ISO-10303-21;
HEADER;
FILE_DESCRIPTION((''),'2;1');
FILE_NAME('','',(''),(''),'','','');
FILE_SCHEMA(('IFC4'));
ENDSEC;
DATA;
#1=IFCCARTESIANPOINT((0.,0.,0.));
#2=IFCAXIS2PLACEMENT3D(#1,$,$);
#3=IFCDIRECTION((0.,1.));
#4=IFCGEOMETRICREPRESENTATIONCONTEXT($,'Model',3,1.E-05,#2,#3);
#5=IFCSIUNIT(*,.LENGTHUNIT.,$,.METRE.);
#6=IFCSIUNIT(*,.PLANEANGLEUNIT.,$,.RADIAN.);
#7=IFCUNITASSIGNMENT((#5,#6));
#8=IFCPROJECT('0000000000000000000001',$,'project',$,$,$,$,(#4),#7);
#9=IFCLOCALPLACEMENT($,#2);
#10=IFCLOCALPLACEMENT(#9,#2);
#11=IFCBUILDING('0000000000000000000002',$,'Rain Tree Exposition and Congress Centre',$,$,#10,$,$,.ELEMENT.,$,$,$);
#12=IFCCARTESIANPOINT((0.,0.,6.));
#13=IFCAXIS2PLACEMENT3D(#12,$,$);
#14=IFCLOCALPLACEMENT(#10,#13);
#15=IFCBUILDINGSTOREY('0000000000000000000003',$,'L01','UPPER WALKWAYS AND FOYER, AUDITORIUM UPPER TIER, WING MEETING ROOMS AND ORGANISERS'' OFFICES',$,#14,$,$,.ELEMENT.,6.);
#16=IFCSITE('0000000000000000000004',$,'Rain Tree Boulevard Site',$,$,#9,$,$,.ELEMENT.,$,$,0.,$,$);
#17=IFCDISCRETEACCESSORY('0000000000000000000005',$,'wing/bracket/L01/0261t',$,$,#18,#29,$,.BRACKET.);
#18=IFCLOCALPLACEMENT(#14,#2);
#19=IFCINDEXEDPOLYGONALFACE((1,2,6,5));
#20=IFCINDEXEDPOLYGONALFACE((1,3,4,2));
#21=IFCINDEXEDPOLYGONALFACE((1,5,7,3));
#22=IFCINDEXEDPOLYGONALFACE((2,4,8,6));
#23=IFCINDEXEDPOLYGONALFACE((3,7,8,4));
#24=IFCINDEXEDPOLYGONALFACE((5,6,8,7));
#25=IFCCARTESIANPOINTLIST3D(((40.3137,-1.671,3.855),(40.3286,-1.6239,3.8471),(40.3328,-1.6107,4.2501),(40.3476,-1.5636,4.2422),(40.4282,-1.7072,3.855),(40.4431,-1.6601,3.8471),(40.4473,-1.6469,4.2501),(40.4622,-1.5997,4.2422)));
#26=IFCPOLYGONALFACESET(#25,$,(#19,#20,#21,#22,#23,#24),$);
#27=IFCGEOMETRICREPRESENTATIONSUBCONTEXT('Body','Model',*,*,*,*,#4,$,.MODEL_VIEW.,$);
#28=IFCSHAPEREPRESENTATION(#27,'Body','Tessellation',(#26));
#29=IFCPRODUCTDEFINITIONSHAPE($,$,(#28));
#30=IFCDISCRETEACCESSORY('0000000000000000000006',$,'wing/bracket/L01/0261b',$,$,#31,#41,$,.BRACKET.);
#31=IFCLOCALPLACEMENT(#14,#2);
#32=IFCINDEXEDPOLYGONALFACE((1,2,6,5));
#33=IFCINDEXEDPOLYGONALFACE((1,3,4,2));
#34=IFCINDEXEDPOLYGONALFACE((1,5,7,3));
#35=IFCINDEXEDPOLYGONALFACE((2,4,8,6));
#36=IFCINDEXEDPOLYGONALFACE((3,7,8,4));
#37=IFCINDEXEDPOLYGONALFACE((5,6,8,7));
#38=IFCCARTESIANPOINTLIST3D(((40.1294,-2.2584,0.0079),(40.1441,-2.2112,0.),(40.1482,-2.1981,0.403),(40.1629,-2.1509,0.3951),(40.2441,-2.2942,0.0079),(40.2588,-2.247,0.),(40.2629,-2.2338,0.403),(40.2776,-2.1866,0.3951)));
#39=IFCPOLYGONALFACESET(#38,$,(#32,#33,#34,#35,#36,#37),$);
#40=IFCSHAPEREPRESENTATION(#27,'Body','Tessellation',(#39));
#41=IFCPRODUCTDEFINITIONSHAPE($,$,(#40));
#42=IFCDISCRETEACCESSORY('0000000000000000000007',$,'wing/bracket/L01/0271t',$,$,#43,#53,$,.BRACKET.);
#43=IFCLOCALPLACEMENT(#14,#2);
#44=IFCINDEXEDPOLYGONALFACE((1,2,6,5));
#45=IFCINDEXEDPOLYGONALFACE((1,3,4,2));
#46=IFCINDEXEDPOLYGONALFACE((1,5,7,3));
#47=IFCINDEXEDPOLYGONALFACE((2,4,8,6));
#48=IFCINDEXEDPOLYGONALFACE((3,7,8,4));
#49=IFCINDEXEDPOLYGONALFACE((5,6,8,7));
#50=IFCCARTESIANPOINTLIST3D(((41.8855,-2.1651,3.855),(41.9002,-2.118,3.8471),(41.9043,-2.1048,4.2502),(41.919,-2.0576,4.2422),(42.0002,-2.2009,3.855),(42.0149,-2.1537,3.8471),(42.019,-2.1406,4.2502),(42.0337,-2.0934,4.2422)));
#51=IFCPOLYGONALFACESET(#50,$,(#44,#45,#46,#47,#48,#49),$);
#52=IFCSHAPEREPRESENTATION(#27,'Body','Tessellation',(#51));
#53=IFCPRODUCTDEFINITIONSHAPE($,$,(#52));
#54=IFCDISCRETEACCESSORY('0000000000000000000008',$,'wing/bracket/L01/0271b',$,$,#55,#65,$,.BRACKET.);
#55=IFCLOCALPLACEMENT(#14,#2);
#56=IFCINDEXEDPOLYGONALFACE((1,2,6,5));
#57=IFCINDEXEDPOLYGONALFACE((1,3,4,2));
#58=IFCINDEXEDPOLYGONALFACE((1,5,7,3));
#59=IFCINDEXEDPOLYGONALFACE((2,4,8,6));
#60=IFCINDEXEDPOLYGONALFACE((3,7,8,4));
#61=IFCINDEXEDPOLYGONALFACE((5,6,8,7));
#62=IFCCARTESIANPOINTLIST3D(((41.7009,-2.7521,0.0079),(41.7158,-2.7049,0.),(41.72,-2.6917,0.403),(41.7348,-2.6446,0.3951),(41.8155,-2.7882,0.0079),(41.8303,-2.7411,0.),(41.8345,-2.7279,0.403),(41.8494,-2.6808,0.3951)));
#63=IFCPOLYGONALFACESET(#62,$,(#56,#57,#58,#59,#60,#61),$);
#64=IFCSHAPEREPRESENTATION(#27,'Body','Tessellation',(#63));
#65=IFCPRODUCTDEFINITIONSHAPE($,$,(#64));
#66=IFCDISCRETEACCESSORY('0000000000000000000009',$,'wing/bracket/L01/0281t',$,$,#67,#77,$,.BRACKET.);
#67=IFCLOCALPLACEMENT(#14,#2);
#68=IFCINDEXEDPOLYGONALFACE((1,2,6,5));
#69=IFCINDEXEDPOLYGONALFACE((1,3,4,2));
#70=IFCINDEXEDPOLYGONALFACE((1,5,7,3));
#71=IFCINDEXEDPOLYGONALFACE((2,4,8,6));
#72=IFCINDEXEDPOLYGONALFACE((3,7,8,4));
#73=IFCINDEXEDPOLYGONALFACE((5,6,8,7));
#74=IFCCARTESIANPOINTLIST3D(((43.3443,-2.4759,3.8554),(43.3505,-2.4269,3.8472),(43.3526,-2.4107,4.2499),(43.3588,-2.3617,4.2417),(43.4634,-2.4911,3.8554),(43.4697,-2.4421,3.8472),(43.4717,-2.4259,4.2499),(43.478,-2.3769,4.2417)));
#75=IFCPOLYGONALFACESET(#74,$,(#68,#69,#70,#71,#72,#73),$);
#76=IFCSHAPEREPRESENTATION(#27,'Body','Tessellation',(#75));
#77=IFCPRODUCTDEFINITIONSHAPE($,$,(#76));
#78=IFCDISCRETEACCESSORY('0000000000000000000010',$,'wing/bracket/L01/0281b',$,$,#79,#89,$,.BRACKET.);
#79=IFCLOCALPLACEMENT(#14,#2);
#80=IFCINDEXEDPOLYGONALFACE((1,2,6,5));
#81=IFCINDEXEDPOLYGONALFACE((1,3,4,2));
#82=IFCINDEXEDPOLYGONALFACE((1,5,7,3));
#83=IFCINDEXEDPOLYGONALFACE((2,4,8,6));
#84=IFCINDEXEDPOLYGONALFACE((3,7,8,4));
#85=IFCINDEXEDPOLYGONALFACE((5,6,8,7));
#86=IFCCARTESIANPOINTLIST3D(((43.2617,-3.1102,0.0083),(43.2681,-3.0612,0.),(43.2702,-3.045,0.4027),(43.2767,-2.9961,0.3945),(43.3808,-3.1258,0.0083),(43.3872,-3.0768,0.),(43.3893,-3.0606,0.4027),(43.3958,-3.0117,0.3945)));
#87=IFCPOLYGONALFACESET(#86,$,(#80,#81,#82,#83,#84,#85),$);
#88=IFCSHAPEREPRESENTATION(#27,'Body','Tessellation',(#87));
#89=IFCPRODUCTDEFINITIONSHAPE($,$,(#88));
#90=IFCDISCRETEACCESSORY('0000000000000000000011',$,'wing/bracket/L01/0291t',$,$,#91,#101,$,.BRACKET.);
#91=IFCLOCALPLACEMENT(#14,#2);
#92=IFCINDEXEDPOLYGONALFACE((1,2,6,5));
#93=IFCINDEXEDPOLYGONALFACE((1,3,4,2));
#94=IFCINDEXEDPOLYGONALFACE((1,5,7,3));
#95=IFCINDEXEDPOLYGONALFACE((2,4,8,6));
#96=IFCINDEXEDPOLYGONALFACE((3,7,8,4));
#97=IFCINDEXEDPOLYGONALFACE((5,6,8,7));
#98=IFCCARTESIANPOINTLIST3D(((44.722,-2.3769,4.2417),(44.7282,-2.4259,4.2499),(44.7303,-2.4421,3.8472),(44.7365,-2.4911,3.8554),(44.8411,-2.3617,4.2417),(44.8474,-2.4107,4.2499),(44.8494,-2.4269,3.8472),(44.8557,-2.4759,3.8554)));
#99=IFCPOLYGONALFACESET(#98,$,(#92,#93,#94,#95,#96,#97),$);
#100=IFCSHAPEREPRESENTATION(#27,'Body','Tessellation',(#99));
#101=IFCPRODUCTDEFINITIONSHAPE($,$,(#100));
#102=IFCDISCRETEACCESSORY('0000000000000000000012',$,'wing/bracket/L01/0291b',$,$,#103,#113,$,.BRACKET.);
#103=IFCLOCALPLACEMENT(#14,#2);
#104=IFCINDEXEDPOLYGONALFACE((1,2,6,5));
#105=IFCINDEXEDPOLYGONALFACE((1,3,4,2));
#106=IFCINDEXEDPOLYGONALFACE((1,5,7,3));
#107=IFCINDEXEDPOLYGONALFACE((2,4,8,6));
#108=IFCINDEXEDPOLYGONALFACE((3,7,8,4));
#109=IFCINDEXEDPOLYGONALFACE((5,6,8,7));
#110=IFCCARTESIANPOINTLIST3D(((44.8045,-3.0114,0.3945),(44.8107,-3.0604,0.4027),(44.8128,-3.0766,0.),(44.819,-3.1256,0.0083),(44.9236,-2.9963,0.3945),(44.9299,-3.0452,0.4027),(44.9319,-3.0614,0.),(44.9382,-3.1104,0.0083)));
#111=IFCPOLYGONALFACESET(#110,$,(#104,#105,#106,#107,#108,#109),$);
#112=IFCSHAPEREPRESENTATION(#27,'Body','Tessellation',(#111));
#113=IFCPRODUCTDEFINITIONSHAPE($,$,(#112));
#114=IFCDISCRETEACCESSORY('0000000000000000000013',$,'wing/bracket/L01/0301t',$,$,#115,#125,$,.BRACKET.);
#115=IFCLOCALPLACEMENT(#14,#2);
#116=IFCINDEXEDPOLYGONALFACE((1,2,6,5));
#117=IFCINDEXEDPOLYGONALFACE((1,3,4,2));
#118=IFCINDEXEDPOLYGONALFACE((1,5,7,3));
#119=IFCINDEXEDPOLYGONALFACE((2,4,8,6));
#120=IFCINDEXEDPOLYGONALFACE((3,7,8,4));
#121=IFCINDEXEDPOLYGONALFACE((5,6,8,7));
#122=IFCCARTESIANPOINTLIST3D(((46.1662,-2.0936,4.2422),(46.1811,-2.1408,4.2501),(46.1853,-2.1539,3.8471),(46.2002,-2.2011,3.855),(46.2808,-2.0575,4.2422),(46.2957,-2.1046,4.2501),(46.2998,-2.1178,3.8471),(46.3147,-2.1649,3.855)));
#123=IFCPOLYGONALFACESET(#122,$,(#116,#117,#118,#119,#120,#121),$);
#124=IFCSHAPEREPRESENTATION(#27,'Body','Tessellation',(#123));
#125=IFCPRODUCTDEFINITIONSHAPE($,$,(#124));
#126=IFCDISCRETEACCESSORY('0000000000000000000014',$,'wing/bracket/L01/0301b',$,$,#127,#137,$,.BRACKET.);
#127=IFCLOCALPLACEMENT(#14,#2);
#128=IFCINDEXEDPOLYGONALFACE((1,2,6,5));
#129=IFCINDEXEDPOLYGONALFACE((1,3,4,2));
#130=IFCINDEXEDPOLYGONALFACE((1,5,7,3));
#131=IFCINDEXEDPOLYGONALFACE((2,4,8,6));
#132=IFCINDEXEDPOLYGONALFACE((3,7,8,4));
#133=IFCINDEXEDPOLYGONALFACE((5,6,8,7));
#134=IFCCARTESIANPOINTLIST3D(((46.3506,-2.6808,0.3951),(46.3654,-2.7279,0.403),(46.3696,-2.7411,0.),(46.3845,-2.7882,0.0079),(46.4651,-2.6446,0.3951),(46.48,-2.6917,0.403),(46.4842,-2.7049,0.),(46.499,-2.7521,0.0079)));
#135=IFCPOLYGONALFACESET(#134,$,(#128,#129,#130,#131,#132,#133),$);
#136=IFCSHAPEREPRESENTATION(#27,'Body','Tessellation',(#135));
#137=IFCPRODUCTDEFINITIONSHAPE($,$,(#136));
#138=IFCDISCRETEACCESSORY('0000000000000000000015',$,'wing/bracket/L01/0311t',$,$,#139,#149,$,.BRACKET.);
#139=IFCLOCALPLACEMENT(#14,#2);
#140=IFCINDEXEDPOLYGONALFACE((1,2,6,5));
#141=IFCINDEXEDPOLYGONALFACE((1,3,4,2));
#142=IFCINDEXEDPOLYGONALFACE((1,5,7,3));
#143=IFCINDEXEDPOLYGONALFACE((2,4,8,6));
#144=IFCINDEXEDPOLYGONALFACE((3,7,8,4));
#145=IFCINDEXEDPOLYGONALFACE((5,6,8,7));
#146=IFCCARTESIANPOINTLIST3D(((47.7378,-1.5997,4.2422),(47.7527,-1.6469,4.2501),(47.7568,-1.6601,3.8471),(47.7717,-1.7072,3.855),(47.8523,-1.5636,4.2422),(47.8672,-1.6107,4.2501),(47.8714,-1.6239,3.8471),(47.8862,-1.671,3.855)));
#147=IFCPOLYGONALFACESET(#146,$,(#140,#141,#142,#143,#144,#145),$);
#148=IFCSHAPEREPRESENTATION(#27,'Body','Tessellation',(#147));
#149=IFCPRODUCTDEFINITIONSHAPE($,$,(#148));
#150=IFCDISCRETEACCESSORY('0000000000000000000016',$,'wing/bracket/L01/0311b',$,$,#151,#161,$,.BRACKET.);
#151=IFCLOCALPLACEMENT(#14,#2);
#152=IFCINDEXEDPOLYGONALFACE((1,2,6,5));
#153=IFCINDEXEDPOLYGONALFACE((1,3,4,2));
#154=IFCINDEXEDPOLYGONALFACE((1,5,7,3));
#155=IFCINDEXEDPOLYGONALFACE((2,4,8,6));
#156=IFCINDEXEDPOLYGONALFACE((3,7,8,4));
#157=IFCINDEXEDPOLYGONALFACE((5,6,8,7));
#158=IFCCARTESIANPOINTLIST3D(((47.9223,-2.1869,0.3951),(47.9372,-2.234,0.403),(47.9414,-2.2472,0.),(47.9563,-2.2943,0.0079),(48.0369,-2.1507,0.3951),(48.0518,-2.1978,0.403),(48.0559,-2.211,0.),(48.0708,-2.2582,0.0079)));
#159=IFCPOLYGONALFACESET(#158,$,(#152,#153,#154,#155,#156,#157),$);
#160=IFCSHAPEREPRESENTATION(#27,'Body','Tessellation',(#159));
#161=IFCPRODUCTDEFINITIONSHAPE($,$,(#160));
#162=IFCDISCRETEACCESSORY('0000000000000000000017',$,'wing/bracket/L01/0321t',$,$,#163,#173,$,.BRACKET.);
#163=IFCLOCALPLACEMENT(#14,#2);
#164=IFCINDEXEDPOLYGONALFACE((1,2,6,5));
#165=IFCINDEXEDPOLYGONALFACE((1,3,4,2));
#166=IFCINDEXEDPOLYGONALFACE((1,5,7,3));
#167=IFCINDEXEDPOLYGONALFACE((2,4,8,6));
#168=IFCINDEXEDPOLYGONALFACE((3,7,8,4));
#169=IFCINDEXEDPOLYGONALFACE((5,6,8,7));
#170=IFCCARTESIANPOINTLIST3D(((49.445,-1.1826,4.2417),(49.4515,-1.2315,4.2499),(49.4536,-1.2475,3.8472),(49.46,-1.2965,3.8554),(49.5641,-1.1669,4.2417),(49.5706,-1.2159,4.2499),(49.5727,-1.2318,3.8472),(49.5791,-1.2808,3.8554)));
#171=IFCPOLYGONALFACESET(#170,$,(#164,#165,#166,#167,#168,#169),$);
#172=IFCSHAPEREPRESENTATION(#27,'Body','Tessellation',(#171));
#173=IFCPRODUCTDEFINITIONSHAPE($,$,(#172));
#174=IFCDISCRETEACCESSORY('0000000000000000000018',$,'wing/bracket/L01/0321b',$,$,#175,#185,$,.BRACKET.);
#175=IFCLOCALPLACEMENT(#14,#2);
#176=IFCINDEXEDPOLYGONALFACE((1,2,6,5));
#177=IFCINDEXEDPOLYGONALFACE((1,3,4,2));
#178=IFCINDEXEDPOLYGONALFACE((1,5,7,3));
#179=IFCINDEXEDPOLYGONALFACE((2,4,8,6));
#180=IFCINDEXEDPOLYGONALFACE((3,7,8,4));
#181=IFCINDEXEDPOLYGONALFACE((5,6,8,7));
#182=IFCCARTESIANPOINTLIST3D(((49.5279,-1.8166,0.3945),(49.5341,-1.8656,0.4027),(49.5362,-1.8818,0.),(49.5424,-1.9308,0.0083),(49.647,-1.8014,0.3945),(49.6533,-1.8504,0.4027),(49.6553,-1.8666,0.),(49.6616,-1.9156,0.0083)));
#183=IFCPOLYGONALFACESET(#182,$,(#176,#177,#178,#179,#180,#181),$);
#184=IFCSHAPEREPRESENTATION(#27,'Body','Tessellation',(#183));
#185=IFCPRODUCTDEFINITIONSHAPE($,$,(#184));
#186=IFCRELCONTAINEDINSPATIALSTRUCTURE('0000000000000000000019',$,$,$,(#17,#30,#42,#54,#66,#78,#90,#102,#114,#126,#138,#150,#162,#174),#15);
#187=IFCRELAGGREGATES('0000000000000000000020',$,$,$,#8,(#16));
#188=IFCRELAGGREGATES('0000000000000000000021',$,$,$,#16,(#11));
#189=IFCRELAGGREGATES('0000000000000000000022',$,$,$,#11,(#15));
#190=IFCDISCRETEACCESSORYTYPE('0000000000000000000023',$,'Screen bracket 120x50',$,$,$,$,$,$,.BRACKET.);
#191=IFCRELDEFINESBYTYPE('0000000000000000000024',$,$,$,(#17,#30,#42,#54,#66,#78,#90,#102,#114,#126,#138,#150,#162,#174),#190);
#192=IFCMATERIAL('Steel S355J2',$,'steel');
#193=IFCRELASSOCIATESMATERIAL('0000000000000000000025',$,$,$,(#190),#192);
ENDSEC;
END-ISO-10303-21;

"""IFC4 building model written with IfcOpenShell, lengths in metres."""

from ifc_helpers import new_model, si_unit, direction, frame, origin, origin_2d, place, context, subcontext, project, spatial, rectangle, extrude, material, material_profile, profile_set, type_object, element, save


model = new_model("IFC4")

# Units and contexts
model_context = context("Model", 3, precision=1e-05, world=origin(), true_north=direction((0.0, 1.0)))
body_context = subcontext(model_context, "Body", "Model", "MODEL_VIEW")
ifc_project = project(units=[si_unit("LENGTHUNIT", "METRE"), si_unit("PLANEANGLEUNIT", "RADIAN")], contexts=[model_context])

# Site, building, storey
site_placement = place(None, origin())
site = spatial("IfcSite", under=ifc_project, at=site_placement, Name="Rain Tree Boulevard Site", CompositionType="ELEMENT", RefElevation=0.0)
building_placement = place(site_placement, origin())
building = spatial("IfcBuilding", under=site, at=building_placement, Name="Rain Tree Exposition and Congress Centre", CompositionType="ELEMENT")
storey_placement = place(building_placement, frame((0.0, 0.0, 6.0)))
storey = spatial("IfcBuildingStorey", under=building, at=storey_placement, Name="L01", Description="UPPER WALKWAYS AND FOYER, AUDITORIUM UPPER TIER, WING MEETING ROOMS AND ORGANISERS' OFFICES", CompositionType="ELEMENT", Elevation=6.0)

# Discrete accessories
ifc_material_1 = material(Name="Steel S355J2", Category="steel")
ifc_material_profile_1 = material_profile(ifc_material_1, rectangle(XDim=0.1201, YDim=0.05, at=origin_2d()), Name="Flat bar 120x50")
ifc_profile_set_1 = profile_set([ifc_material_profile_1], Name="Steel S355J2")
discrete_accessory_type = type_object("IfcDiscreteAccessoryType", Name="Screen bracket 120x50", PredefinedType="BRACKET", material=ifc_profile_set_1)
for number, where, z_axis, x_axis, name in (
    (1, (40.3784, -1.6655, 3.8511), (0.047602, 0.150738, 0.987427), (-0.953583, 0.301131, 0.0), "wing/bracket/L01/0261t"),
    (2, (40.1941, -2.2527, 0.0039), (0.046993, 0.150743, 0.987456), (-0.954686, 0.297615, 0.0), "wing/bracket/L01/0261b"),
    (3, (41.9502, -2.1594, 3.8511), (0.046993, 0.150743, 0.987456), (-0.954686, 0.297615, 0.0), "wing/bracket/L01/0271t"),
    (4, (41.7656, -2.7466, 0.0039), (0.047602, 0.150738, 0.987427), (-0.953583, 0.301131, 0.0), "wing/bracket/L01/0271b"),
):
    element("IfcDiscreteAccessory", number, at=place(storey_placement, frame(where, z_axis=z_axis, x_axis=x_axis)), inside=storey, type_object=discrete_accessory_type, Name=name, PredefinedType="BRACKET", context=body_context, shape_type="SweptSolid", body=[
        extrude(rectangle(XDim=0.1201, YDim=0.05, at=origin_2d()), origin(), (0.0, 0.0, 1.0), 0.4001),
    ])
for number, where, z_axis, x_axis, name in (
    (5, (43.407, -2.459, 3.8513), (0.020754, 0.162978, 0.986411), (-0.991989, 0.126321, 0.0), "wing/bracket/L01/0281t"),
    (6, (43.3245, -3.0935, 0.0042), (0.021364, 0.162976, 0.986399), (-0.991517, 0.129974, 0.0), "wing/bracket/L01/0281b"),
    (7, (44.793, -2.459, 3.8513), (-0.020754, 0.162978, 0.986411), (-0.991989, -0.126321, 0.0), "wing/bracket/L01/0291t"),
    (8, (44.8755, -3.0935, 0.0042), (-0.020754, 0.162978, 0.986411), (-0.991989, -0.126321, 0.0), "wing/bracket/L01/0291b"),
):
    element("IfcDiscreteAccessory", number, at=place(storey_placement, frame(where, z_axis=z_axis, x_axis=x_axis)), inside=storey, type_object=discrete_accessory_type, Name=name, PredefinedType="BRACKET", context=body_context, shape_type="SweptSolid", body=[
        extrude(rectangle(XDim=0.1201, YDim=0.05, at=origin_2d()), origin(), (0.0, 0.0, 1.0), 0.3999),
    ])
for number, where, z_axis, x_axis, name in (
    (9, (46.25, -2.1594, 3.8511), (-0.047602, 0.150738, 0.987427), (-0.953583, -0.301131, 0.0), "wing/bracket/L01/0301t"),
    (10, (46.4343, -2.7466, 0.0039), (-0.047602, 0.150738, 0.987427), (-0.953583, -0.301131, 0.0), "wing/bracket/L01/0301b"),
    (11, (47.8215, -1.6655, 3.8511), (-0.047602, 0.150738, 0.987427), (-0.953583, -0.301131, 0.0), "wing/bracket/L01/0311t"),
    (12, (48.0061, -2.2527, 0.0039), (-0.047602, 0.150738, 0.987427), (-0.953583, -0.301131, 0.0), "wing/bracket/L01/0311b"),
):
    element("IfcDiscreteAccessory", number, at=place(storey_placement, frame(where, z_axis=z_axis, x_axis=x_axis)), inside=storey, type_object=discrete_accessory_type, Name=name, PredefinedType="BRACKET", context=body_context, shape_type="SweptSolid", body=[
        extrude(rectangle(XDim=0.1201, YDim=0.05, at=origin_2d()), origin(), (0.0, 0.0, 1.0), 0.4001),
    ])
for number, where, z_axis, x_axis, name in (
    (13, (49.5164, -1.2642, 3.8513), (-0.021366, 0.162381, 0.986497), (-0.991454, -0.130455, 0.0), "wing/bracket/L01/0321t"),
    (14, (49.5989, -1.8987, 0.0042), (-0.020754, 0.162978, 0.986411), (-0.991989, -0.126321, 0.0), "wing/bracket/L01/0321b"),
):
    element("IfcDiscreteAccessory", number, at=place(storey_placement, frame(where, z_axis=z_axis, x_axis=x_axis)), inside=storey, type_object=discrete_accessory_type, Name=name, PredefinedType="BRACKET", context=body_context, shape_type="SweptSolid", body=[
        extrude(rectangle(XDim=0.1201, YDim=0.05, at=origin_2d()), origin(), (0.0, 0.0, 1.0), 0.3999),
    ])

save(model, "model.ifc")
